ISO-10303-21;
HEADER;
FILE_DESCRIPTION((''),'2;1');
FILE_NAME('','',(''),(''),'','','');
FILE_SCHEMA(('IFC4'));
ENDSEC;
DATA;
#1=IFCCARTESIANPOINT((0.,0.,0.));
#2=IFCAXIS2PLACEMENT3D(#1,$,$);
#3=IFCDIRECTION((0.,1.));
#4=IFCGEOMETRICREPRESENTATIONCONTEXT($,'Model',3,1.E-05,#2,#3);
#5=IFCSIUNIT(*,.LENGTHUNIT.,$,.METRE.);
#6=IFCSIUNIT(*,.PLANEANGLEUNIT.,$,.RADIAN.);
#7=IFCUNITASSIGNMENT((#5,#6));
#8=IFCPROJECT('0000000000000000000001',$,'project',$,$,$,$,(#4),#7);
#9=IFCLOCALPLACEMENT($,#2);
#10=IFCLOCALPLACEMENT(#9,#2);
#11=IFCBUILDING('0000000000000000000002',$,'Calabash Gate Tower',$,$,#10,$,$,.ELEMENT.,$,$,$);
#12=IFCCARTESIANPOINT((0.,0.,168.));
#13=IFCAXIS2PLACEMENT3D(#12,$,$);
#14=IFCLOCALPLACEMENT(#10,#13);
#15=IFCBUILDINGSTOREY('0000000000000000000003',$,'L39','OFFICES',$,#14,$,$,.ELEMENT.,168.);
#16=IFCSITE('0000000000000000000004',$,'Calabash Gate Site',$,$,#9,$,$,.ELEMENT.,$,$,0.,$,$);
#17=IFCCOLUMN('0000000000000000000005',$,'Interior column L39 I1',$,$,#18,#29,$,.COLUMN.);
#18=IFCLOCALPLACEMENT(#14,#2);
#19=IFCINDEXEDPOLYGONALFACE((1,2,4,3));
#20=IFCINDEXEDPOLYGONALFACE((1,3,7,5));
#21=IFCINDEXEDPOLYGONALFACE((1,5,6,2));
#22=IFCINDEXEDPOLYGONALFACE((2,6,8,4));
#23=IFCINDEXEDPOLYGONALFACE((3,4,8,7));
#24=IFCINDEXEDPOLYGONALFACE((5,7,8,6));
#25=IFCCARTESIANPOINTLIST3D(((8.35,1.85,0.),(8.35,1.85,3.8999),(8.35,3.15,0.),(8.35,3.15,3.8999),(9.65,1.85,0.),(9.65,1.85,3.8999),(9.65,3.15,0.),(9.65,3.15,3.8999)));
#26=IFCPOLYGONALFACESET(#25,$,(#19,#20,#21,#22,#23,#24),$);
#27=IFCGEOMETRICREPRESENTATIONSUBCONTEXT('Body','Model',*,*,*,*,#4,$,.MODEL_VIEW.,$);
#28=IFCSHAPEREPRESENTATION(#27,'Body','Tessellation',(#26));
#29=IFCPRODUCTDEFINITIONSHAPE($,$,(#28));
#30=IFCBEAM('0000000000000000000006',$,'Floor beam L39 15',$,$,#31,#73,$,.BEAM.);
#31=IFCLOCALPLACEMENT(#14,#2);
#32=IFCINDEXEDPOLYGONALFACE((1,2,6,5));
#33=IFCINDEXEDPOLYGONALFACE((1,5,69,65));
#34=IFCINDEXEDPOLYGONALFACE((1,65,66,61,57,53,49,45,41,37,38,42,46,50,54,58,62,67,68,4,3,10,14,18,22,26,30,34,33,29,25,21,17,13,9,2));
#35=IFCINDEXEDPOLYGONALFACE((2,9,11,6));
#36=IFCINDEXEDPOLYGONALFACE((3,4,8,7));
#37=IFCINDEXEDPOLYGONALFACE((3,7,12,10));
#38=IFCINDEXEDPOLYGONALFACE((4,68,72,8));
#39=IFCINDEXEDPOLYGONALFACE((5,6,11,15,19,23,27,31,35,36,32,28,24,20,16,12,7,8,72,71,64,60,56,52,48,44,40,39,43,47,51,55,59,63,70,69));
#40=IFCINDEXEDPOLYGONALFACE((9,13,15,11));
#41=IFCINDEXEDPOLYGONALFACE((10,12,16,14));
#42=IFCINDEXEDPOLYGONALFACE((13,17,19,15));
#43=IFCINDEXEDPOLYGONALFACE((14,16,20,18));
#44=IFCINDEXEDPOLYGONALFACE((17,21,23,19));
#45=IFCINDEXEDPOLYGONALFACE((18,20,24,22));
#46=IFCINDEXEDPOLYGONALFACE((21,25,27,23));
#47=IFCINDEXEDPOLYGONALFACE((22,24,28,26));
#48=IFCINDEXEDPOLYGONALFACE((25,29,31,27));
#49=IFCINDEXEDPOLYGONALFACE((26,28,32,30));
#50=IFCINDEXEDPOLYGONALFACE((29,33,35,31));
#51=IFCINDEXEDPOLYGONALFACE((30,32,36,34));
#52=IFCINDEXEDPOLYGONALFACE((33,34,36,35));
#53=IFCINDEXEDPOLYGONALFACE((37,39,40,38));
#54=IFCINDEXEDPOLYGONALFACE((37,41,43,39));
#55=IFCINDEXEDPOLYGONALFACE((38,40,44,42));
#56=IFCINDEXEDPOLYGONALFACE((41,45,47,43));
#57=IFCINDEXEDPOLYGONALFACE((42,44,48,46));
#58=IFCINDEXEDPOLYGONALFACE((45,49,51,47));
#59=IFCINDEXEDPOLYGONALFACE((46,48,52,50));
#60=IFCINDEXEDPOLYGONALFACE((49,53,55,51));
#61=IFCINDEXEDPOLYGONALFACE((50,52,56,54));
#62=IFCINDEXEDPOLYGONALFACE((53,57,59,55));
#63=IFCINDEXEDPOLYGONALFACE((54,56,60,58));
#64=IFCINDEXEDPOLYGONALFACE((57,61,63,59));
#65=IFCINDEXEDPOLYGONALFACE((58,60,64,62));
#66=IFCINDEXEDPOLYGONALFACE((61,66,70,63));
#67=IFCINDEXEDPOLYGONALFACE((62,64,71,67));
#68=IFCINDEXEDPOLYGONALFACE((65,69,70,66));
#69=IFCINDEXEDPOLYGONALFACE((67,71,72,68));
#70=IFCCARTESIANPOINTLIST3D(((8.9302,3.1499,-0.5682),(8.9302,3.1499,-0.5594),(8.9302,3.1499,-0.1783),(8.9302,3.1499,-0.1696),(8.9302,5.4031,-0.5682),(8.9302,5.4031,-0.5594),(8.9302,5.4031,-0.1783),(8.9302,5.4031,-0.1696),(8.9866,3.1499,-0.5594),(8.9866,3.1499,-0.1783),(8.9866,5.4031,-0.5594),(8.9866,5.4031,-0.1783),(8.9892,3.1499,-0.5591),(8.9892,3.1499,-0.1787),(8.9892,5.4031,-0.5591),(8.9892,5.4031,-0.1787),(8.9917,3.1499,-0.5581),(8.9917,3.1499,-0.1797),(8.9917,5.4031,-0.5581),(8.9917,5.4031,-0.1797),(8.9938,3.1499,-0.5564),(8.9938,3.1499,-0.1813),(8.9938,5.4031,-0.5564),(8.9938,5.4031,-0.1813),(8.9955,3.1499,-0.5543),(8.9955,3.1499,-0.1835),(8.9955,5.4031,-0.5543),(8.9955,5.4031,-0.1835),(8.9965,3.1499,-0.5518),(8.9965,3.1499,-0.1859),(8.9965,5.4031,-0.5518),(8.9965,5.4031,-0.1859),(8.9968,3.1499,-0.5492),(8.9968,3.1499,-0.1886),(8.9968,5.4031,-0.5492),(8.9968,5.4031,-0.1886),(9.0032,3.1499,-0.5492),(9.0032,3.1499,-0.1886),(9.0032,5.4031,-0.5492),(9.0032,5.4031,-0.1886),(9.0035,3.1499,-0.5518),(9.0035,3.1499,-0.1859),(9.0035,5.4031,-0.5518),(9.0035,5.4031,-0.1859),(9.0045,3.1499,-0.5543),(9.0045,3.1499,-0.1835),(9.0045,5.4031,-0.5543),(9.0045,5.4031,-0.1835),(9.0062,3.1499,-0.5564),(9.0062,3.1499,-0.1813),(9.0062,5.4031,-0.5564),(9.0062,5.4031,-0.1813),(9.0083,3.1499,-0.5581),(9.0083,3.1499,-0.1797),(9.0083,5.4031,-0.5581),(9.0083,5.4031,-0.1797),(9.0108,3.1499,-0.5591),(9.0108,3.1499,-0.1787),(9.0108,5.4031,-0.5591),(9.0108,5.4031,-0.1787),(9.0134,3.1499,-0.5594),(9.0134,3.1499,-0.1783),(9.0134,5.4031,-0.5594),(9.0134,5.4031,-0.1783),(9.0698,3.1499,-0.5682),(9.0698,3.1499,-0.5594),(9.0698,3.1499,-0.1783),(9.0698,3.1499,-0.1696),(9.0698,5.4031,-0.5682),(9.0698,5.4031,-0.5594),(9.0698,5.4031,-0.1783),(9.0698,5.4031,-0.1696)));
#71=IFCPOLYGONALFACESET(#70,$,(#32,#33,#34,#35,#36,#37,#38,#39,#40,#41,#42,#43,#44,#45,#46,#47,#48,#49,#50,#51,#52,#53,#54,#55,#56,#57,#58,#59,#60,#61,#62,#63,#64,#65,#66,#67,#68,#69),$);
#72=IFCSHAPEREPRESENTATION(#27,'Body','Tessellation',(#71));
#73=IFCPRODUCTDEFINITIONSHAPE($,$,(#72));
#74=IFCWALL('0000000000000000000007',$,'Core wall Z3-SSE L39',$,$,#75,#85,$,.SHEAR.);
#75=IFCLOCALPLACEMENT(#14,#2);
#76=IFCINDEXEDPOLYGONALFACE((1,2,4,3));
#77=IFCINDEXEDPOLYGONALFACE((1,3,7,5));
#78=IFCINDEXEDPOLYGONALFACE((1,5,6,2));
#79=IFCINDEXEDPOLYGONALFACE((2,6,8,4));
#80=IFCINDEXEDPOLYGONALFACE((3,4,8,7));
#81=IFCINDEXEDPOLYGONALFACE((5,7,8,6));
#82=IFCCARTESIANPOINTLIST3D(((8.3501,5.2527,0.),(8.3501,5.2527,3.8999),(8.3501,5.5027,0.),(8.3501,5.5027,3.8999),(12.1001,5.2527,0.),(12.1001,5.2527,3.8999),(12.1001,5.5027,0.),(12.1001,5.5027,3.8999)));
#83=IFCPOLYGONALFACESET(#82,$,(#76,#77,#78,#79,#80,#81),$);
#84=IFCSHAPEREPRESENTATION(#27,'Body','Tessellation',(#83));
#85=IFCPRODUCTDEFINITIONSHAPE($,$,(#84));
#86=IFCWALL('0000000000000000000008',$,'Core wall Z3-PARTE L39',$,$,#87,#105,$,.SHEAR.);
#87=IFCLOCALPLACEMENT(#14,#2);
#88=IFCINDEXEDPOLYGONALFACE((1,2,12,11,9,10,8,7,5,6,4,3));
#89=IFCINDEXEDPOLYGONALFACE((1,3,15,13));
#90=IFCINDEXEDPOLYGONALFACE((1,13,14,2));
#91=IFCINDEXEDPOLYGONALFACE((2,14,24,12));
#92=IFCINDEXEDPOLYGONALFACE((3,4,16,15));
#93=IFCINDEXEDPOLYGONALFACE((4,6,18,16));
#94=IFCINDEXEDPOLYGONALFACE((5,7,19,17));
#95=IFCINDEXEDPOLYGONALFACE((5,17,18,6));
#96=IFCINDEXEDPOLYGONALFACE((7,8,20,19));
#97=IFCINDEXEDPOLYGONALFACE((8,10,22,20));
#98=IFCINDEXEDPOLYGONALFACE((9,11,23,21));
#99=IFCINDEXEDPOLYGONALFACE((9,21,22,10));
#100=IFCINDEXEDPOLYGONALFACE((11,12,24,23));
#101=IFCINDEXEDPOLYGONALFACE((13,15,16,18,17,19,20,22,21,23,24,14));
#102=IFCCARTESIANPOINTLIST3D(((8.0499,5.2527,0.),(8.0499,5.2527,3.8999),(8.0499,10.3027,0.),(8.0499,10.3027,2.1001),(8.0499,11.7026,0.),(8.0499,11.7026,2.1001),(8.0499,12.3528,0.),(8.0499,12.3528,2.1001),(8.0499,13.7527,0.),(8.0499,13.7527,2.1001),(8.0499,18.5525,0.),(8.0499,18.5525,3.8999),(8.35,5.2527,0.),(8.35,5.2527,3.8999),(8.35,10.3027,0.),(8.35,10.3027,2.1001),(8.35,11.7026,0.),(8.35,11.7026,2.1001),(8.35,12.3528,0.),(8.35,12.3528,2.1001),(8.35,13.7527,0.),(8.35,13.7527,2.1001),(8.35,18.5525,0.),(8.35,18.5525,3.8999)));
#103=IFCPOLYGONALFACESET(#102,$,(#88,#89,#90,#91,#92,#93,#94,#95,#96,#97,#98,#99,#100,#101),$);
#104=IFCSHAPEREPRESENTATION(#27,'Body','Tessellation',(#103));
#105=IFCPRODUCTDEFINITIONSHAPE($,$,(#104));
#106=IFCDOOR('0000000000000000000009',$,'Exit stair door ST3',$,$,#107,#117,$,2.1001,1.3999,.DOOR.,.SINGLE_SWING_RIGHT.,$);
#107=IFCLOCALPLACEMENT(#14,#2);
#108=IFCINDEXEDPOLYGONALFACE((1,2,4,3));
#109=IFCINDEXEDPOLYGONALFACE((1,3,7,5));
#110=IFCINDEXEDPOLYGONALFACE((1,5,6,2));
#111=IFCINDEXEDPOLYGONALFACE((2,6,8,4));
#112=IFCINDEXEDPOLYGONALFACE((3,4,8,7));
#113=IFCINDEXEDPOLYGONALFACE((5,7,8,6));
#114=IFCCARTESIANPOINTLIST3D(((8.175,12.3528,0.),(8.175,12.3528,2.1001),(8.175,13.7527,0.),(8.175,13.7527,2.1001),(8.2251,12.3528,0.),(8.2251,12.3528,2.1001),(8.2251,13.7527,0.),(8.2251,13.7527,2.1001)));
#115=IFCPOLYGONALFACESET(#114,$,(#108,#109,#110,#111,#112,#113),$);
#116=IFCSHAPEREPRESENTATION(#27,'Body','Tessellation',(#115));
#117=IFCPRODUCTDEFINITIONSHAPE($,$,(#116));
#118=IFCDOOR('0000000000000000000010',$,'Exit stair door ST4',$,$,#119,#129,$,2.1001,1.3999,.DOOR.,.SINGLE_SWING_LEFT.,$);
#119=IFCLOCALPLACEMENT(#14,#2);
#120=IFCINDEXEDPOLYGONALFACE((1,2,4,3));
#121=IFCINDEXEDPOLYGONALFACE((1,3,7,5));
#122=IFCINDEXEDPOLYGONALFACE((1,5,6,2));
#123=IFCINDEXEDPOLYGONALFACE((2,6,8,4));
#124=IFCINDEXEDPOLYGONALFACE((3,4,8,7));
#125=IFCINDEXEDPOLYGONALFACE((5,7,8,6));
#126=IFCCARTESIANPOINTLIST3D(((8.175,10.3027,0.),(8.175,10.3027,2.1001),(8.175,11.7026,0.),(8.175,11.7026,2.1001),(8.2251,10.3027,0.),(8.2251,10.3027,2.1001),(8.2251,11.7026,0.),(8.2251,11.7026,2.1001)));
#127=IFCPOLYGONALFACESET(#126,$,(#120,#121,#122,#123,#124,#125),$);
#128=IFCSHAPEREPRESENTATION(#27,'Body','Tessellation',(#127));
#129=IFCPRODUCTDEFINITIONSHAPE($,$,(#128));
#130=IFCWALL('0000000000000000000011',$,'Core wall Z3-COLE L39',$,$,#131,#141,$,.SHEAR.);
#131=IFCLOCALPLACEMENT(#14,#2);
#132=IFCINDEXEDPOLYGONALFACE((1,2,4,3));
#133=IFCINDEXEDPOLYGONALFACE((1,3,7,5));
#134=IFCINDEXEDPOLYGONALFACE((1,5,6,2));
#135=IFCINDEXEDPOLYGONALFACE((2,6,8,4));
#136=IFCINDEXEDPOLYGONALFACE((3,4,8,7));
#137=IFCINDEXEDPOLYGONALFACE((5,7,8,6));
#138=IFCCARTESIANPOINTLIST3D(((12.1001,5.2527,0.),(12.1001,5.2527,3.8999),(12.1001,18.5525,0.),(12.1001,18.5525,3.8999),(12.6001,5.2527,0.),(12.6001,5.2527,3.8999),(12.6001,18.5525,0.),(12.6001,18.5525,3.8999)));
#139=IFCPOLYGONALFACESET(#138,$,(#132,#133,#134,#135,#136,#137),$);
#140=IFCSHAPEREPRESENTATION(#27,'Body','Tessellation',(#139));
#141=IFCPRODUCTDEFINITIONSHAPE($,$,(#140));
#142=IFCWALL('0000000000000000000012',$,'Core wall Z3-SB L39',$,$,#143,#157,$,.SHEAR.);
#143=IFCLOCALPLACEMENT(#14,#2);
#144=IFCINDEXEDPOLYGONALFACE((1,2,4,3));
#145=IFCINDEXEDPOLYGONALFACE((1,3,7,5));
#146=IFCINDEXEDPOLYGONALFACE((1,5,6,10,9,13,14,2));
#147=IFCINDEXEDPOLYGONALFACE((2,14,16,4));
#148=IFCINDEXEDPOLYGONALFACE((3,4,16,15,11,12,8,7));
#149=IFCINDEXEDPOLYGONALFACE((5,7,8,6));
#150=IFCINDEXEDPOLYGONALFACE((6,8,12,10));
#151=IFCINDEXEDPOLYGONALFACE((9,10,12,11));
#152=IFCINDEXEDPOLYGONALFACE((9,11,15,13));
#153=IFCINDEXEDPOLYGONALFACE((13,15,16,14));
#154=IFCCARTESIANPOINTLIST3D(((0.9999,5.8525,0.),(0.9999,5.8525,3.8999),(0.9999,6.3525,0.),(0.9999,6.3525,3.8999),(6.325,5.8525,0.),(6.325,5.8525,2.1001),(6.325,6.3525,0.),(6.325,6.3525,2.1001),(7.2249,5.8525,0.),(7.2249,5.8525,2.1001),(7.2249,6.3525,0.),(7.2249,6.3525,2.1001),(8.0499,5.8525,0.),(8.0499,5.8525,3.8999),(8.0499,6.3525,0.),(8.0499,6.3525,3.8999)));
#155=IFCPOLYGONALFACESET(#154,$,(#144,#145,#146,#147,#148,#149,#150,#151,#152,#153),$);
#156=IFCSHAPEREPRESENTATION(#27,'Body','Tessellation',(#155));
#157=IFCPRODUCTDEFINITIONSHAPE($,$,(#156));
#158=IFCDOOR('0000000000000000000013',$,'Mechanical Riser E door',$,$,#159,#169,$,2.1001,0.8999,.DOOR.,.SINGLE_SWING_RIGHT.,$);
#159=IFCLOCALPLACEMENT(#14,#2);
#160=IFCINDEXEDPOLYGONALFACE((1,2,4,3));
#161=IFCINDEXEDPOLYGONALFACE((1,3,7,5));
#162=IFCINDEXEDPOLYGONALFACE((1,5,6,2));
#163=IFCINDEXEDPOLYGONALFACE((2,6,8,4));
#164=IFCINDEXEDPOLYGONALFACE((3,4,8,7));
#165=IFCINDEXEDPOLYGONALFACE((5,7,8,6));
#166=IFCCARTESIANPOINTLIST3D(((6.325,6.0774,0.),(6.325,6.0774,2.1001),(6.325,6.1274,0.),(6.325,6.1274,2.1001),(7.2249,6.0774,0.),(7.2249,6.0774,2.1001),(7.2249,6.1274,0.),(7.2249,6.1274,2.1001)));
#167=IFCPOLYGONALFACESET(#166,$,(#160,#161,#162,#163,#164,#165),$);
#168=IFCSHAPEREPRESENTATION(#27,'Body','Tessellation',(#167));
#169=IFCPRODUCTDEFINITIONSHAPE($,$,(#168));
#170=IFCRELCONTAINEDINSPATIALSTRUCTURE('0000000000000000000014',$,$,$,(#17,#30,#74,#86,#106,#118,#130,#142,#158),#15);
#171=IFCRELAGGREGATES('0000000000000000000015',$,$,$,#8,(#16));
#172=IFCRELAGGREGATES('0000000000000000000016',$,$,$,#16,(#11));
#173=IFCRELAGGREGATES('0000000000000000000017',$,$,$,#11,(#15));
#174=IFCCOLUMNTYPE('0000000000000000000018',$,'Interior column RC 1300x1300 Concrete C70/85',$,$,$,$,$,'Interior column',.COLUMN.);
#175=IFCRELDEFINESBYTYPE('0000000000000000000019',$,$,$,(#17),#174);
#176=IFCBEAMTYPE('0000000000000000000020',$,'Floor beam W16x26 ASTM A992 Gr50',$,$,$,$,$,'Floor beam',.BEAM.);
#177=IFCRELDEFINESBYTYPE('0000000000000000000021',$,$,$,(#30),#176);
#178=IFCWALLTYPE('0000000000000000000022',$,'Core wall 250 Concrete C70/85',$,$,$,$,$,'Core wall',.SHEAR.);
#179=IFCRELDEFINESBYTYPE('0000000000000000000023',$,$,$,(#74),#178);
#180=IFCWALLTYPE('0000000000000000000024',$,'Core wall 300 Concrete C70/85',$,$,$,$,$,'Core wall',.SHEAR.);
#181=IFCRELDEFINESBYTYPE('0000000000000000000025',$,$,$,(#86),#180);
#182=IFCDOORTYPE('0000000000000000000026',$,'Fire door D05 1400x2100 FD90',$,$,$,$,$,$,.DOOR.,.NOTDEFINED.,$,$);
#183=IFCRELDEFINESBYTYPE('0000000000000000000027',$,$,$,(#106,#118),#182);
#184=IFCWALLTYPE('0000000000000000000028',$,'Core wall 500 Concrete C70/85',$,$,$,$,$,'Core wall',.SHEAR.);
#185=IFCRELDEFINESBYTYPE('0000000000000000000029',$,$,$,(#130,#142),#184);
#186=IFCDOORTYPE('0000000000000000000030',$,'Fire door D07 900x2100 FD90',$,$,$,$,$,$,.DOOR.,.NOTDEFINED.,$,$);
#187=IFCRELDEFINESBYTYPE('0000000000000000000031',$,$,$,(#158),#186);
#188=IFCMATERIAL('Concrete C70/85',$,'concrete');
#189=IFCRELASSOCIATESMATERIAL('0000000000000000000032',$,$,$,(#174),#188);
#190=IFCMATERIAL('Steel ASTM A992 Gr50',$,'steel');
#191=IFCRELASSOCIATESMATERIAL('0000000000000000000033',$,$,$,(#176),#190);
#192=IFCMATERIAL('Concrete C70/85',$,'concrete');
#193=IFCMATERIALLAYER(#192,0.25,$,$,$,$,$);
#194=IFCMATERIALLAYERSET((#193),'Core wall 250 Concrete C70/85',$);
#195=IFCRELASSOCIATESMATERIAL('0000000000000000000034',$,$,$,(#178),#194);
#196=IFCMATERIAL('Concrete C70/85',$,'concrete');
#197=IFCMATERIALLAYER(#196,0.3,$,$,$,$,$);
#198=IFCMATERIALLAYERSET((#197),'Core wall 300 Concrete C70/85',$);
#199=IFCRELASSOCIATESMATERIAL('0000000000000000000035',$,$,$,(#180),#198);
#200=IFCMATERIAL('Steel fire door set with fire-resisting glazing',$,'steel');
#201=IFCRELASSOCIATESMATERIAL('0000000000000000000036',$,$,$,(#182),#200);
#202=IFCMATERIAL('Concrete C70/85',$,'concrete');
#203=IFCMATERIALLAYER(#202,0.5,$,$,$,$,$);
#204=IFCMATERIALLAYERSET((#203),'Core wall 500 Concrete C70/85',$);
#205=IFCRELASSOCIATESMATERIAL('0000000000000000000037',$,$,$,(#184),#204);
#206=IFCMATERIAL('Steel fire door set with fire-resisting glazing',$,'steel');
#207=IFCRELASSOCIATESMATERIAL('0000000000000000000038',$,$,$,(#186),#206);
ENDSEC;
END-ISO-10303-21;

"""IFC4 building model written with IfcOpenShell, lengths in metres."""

from ifc_helpers import new_model, si_unit, direction, frame, frame_2d, origin, origin_2d, place, context, subcontext, project, spatial, rectangle, i_section, extrude, material, layer, layer_set, material_profile, profile_set, type_object, element, fill, save


model = new_model("IFC4")

# Units and contexts
model_context = context("Model", 3, precision=1e-05, world=origin(), true_north=direction((0.0, 1.0)))
body_context = subcontext(model_context, "Body", "Model", "MODEL_VIEW")
ifc_project = project(units=[si_unit("LENGTHUNIT", "METRE"), si_unit("PLANEANGLEUNIT", "RADIAN")], contexts=[model_context])

# Site, building, storey
site_placement = place(None, origin())
site = spatial("IfcSite", under=ifc_project, at=site_placement, Name="Calabash Gate Site", CompositionType="ELEMENT", RefElevation=0.0)
building_placement = place(site_placement, origin())
building = spatial("IfcBuilding", under=site, at=building_placement, Name="Calabash Gate Tower", CompositionType="ELEMENT")
storey_placement = place(building_placement, frame((0.0, 0.0, 168.0)))
storey = spatial("IfcBuildingStorey", under=building, at=storey_placement, Name="L39", Description="OFFICES", CompositionType="ELEMENT", Elevation=168.0)

# Column
ifc_material_1 = material(Name="Concrete C70/85", Category="concrete")
ifc_material_profile_1 = material_profile(ifc_material_1, rectangle(XDim=1.3, YDim=1.3, at=origin_2d()))
ifc_profile_set_1 = profile_set([ifc_material_profile_1], Name="Concrete C70/85")
column_type = type_object("IfcColumnType", Name="Interior column RC 1300x1300 Concrete C70/85", ElementType="Interior column", PredefinedType="COLUMN", material=ifc_profile_set_1)
column_placement = place(storey_placement, frame((9.0, 2.5, 0.0), z_axis=(0.0, 0.0, 1.0), x_axis=(1.0, 0.0, 0.0)))
element("IfcColumn", 1, at=column_placement, inside=storey, type_object=column_type, Name="Interior column L39 I1", PredefinedType="COLUMN", context=body_context, shape_type="SweptSolid", body=[
    extrude(rectangle(XDim=1.3, YDim=1.3, at=origin_2d()), origin(), (0.0, 0.0, 1.0), 3.8999),
])

# Beam
ifc_material_2 = material(Name="Steel ASTM A992 Gr50", Category="steel")
ifc_material_profile_2 = material_profile(ifc_material_2, i_section(OverallWidth=0.1396, OverallDepth=0.3987, WebThickness=0.0063, FlangeThickness=0.0088, FilletRadius=0.0103, at=origin_2d()))
ifc_profile_set_2 = profile_set([ifc_material_profile_2], Name="Steel ASTM A992 Gr50")
beam_type = type_object("IfcBeamType", Name="Floor beam W16x26 ASTM A992 Gr50", ElementType="Floor beam", PredefinedType="BEAM", material=ifc_profile_set_2)
beam_placement = place(storey_placement, frame((9.0, 3.1499, -0.3689), z_axis=(0.0, 1.0, 0.0), x_axis=(-1.0, 0.0, 0.0)))
element("IfcBeam", 2, at=beam_placement, inside=storey, type_object=beam_type, Name="Floor beam L39 15", PredefinedType="BEAM", context=body_context, shape_type="SweptSolid", body=[
    extrude(i_section(OverallWidth=0.1396, OverallDepth=0.3987, WebThickness=0.0063, FlangeThickness=0.0088, FilletRadius=0.0103, at=origin_2d()), origin(), (0.0, 0.0, 1.0), 2.2532),
])

# Wall
ifc_material_3 = material(Name="Concrete C70/85", Category="concrete")
ifc_layer_1 = layer(ifc_material_3, 0.25)
ifc_layer_set_1 = layer_set([ifc_layer_1], Name="Core wall 250 Concrete C70/85")
wall_type_1 = type_object("IfcWallType", Name="Core wall 250 Concrete C70/85", ElementType="Core wall", PredefinedType="SHEAR", material=ifc_layer_set_1)
wall_1_placement = place(storey_placement, frame((8.3501, 5.3777, 0.0), z_axis=(0.0, 0.0, 1.0), x_axis=(1.0, 0.0, 0.0)))
element("IfcWall", 3, at=wall_1_placement, inside=storey, type_object=wall_type_1, Name="Core wall Z3-SSE L39", PredefinedType="SHEAR", context=body_context, shape_type="SweptSolid", body=[
    extrude(rectangle(XDim=3.75, YDim=0.25, at=frame_2d((1.875, 0.0))), origin(), (0.0, 0.0, 1.0), 3.8999),
])

# Wall, openings, doors
ifc_material_4 = material(Name="Concrete C70/85", Category="concrete")
ifc_layer_2 = layer(ifc_material_4, 0.3)
ifc_layer_set_2 = layer_set([ifc_layer_2], Name="Core wall 300 Concrete C70/85")
wall_type_2 = type_object("IfcWallType", Name="Core wall 300 Concrete C70/85", ElementType="Core wall", PredefinedType="SHEAR", material=ifc_layer_set_2)
wall_2_placement = place(storey_placement, frame((8.2, 5.2527, 0.0), z_axis=(0.0, 0.0, 1.0), x_axis=(0.0, 1.0, 0.0)))
wall_2 = element("IfcWall", 4, at=wall_2_placement, inside=storey, type_object=wall_type_2, Name="Core wall Z3-PARTE L39", PredefinedType="SHEAR", context=body_context, shape_type="SweptSolid", body=[
    extrude(rectangle(XDim=13.2998, YDim=0.3, at=frame_2d((6.6499, 0.0))), origin(), (0.0, 0.0, 1.0), 3.8999),
])
opening_1_placement = place(wall_2_placement, frame((7.1001, 0.0, 0.0)))
opening_1 = element("IfcOpeningElement", 5, at=opening_1_placement, cuts=wall_2, PredefinedType="OPENING", context=body_context, shape_type="SweptSolid", body=[
    extrude(rectangle(XDim=1.3999, YDim=2.1001, at=frame_2d((0.7, 1.05))), frame((0.0, 0.1599, 0.0), z_axis=(0.0, -1.0, 0.0), x_axis=(1.0, 0.0, 0.0)), (0.0, 0.0, 1.0), 0.3201),
])
opening_2_placement = place(wall_2_placement, frame((5.05, 0.0, 0.0)))
opening_2 = element("IfcOpeningElement", 6, at=opening_2_placement, cuts=wall_2, PredefinedType="OPENING", context=body_context, shape_type="SweptSolid", body=[
    extrude(rectangle(XDim=1.3999, YDim=2.1001, at=frame_2d((0.7, 1.05))), frame((0.0, 0.1599, 0.0), z_axis=(0.0, -1.0, 0.0), x_axis=(1.0, 0.0, 0.0)), (0.0, 0.0, 1.0), 0.3201),
])
ifc_material_5 = material(Name="Steel fire door set with fire-resisting glazing", Category="steel")
door_type_1 = type_object("IfcDoorType", Name="Fire door D05 1400x2100 FD90", OperationType="NOTDEFINED", PredefinedType="DOOR", material=ifc_material_5)
door_1_placement = place(opening_1_placement, origin())
door_1 = element("IfcDoor", 7, at=door_1_placement, inside=storey, type_object=door_type_1, Name="Exit stair door ST3", OperationType="SINGLE_SWING_RIGHT", OverallHeight=2.1001, OverallWidth=1.3999, PredefinedType="DOOR", context=body_context, shape_type="SweptSolid", body=[
    extrude(rectangle(XDim=1.3999, YDim=2.1001, at=frame_2d((0.7, 1.05))), frame((0.0, 0.0249, 0.0), z_axis=(0.0, -1.0, 0.0), x_axis=(1.0, 0.0, 0.0)), (0.0, 0.0, 1.0), 0.05),
])
fill(opening_1, door_1)
door_2_placement = place(opening_2_placement, origin())
door_2 = element("IfcDoor", 8, at=door_2_placement, inside=storey, type_object=door_type_1, Name="Exit stair door ST4", OperationType="SINGLE_SWING_LEFT", OverallHeight=2.1001, OverallWidth=1.3999, PredefinedType="DOOR", context=body_context, shape_type="SweptSolid", body=[
    extrude(rectangle(XDim=1.3999, YDim=2.1001, at=frame_2d((0.7, 1.05))), frame((0.0, 0.0249, 0.0), z_axis=(0.0, -1.0, 0.0), x_axis=(1.0, 0.0, 0.0)), (0.0, 0.0, 1.0), 0.05),
])
fill(opening_2, door_2)

# Wall
ifc_material_6 = material(Name="Concrete C70/85", Category="concrete")
ifc_layer_3 = layer(ifc_material_6, 0.5)
ifc_layer_set_3 = layer_set([ifc_layer_3], Name="Core wall 500 Concrete C70/85")
wall_type_3 = type_object("IfcWallType", Name="Core wall 500 Concrete C70/85", ElementType="Core wall", PredefinedType="SHEAR", material=ifc_layer_set_3)
wall_3_placement = place(storey_placement, frame((12.3501, 5.2527, 0.0), z_axis=(0.0, 0.0, 1.0), x_axis=(0.0, 1.0, 0.0)))
element("IfcWall", 9, at=wall_3_placement, inside=storey, type_object=wall_type_3, Name="Core wall Z3-COLE L39", PredefinedType="SHEAR", context=body_context, shape_type="SweptSolid", body=[
    extrude(rectangle(XDim=13.2998, YDim=0.5, at=frame_2d((6.6499, 0.0))), origin(), (0.0, 0.0, 1.0), 3.8999),
])

# Wall, opening, door
wall_4_placement = place(storey_placement, frame((1.0, 6.1025, 0.0), z_axis=(0.0, 0.0, 1.0), x_axis=(1.0, 0.0, 0.0)))
wall_4 = element("IfcWall", 10, at=wall_4_placement, inside=storey, type_object=wall_type_3, Name="Core wall Z3-SB L39", PredefinedType="SHEAR", context=body_context, shape_type="SweptSolid", body=[
    extrude(rectangle(XDim=7.05, YDim=0.5, at=frame_2d((3.5249, 0.0))), origin(), (0.0, 0.0, 1.0), 3.8999),
])
opening_3_placement = place(wall_4_placement, frame((5.325, 0.0, 0.0)))
opening_3 = element("IfcOpeningElement", 11, at=opening_3_placement, cuts=wall_4, PredefinedType="OPENING", context=body_context, shape_type="SweptSolid", body=[
    extrude(rectangle(XDim=0.8999, YDim=2.1001, at=frame_2d((0.45, 1.05))), frame((0.0, 0.26, 0.0), z_axis=(0.0, -1.0, 0.0), x_axis=(1.0, 0.0, 0.0)), (0.0, 0.0, 1.0), 0.52),
])
ifc_material_7 = material(Name="Steel fire door set with fire-resisting glazing", Category="steel")
door_type_2 = type_object("IfcDoorType", Name="Fire door D07 900x2100 FD90", OperationType="NOTDEFINED", PredefinedType="DOOR", material=ifc_material_7)
door_3_placement = place(opening_3_placement, origin())
door_3 = element("IfcDoor", 12, at=door_3_placement, inside=storey, type_object=door_type_2, Name="Mechanical Riser E door", OperationType="SINGLE_SWING_RIGHT", OverallHeight=2.1001, OverallWidth=0.8999, PredefinedType="DOOR", context=body_context, shape_type="SweptSolid", body=[
    extrude(rectangle(XDim=0.8999, YDim=2.1001, at=frame_2d((0.45, 1.05))), frame((0.0, 0.0249, 0.0), z_axis=(0.0, -1.0, 0.0), x_axis=(1.0, 0.0, 0.0)), (0.0, 0.0, 1.0), 0.05),
])
fill(opening_3, door_3)

save(model, "model.ifc")
